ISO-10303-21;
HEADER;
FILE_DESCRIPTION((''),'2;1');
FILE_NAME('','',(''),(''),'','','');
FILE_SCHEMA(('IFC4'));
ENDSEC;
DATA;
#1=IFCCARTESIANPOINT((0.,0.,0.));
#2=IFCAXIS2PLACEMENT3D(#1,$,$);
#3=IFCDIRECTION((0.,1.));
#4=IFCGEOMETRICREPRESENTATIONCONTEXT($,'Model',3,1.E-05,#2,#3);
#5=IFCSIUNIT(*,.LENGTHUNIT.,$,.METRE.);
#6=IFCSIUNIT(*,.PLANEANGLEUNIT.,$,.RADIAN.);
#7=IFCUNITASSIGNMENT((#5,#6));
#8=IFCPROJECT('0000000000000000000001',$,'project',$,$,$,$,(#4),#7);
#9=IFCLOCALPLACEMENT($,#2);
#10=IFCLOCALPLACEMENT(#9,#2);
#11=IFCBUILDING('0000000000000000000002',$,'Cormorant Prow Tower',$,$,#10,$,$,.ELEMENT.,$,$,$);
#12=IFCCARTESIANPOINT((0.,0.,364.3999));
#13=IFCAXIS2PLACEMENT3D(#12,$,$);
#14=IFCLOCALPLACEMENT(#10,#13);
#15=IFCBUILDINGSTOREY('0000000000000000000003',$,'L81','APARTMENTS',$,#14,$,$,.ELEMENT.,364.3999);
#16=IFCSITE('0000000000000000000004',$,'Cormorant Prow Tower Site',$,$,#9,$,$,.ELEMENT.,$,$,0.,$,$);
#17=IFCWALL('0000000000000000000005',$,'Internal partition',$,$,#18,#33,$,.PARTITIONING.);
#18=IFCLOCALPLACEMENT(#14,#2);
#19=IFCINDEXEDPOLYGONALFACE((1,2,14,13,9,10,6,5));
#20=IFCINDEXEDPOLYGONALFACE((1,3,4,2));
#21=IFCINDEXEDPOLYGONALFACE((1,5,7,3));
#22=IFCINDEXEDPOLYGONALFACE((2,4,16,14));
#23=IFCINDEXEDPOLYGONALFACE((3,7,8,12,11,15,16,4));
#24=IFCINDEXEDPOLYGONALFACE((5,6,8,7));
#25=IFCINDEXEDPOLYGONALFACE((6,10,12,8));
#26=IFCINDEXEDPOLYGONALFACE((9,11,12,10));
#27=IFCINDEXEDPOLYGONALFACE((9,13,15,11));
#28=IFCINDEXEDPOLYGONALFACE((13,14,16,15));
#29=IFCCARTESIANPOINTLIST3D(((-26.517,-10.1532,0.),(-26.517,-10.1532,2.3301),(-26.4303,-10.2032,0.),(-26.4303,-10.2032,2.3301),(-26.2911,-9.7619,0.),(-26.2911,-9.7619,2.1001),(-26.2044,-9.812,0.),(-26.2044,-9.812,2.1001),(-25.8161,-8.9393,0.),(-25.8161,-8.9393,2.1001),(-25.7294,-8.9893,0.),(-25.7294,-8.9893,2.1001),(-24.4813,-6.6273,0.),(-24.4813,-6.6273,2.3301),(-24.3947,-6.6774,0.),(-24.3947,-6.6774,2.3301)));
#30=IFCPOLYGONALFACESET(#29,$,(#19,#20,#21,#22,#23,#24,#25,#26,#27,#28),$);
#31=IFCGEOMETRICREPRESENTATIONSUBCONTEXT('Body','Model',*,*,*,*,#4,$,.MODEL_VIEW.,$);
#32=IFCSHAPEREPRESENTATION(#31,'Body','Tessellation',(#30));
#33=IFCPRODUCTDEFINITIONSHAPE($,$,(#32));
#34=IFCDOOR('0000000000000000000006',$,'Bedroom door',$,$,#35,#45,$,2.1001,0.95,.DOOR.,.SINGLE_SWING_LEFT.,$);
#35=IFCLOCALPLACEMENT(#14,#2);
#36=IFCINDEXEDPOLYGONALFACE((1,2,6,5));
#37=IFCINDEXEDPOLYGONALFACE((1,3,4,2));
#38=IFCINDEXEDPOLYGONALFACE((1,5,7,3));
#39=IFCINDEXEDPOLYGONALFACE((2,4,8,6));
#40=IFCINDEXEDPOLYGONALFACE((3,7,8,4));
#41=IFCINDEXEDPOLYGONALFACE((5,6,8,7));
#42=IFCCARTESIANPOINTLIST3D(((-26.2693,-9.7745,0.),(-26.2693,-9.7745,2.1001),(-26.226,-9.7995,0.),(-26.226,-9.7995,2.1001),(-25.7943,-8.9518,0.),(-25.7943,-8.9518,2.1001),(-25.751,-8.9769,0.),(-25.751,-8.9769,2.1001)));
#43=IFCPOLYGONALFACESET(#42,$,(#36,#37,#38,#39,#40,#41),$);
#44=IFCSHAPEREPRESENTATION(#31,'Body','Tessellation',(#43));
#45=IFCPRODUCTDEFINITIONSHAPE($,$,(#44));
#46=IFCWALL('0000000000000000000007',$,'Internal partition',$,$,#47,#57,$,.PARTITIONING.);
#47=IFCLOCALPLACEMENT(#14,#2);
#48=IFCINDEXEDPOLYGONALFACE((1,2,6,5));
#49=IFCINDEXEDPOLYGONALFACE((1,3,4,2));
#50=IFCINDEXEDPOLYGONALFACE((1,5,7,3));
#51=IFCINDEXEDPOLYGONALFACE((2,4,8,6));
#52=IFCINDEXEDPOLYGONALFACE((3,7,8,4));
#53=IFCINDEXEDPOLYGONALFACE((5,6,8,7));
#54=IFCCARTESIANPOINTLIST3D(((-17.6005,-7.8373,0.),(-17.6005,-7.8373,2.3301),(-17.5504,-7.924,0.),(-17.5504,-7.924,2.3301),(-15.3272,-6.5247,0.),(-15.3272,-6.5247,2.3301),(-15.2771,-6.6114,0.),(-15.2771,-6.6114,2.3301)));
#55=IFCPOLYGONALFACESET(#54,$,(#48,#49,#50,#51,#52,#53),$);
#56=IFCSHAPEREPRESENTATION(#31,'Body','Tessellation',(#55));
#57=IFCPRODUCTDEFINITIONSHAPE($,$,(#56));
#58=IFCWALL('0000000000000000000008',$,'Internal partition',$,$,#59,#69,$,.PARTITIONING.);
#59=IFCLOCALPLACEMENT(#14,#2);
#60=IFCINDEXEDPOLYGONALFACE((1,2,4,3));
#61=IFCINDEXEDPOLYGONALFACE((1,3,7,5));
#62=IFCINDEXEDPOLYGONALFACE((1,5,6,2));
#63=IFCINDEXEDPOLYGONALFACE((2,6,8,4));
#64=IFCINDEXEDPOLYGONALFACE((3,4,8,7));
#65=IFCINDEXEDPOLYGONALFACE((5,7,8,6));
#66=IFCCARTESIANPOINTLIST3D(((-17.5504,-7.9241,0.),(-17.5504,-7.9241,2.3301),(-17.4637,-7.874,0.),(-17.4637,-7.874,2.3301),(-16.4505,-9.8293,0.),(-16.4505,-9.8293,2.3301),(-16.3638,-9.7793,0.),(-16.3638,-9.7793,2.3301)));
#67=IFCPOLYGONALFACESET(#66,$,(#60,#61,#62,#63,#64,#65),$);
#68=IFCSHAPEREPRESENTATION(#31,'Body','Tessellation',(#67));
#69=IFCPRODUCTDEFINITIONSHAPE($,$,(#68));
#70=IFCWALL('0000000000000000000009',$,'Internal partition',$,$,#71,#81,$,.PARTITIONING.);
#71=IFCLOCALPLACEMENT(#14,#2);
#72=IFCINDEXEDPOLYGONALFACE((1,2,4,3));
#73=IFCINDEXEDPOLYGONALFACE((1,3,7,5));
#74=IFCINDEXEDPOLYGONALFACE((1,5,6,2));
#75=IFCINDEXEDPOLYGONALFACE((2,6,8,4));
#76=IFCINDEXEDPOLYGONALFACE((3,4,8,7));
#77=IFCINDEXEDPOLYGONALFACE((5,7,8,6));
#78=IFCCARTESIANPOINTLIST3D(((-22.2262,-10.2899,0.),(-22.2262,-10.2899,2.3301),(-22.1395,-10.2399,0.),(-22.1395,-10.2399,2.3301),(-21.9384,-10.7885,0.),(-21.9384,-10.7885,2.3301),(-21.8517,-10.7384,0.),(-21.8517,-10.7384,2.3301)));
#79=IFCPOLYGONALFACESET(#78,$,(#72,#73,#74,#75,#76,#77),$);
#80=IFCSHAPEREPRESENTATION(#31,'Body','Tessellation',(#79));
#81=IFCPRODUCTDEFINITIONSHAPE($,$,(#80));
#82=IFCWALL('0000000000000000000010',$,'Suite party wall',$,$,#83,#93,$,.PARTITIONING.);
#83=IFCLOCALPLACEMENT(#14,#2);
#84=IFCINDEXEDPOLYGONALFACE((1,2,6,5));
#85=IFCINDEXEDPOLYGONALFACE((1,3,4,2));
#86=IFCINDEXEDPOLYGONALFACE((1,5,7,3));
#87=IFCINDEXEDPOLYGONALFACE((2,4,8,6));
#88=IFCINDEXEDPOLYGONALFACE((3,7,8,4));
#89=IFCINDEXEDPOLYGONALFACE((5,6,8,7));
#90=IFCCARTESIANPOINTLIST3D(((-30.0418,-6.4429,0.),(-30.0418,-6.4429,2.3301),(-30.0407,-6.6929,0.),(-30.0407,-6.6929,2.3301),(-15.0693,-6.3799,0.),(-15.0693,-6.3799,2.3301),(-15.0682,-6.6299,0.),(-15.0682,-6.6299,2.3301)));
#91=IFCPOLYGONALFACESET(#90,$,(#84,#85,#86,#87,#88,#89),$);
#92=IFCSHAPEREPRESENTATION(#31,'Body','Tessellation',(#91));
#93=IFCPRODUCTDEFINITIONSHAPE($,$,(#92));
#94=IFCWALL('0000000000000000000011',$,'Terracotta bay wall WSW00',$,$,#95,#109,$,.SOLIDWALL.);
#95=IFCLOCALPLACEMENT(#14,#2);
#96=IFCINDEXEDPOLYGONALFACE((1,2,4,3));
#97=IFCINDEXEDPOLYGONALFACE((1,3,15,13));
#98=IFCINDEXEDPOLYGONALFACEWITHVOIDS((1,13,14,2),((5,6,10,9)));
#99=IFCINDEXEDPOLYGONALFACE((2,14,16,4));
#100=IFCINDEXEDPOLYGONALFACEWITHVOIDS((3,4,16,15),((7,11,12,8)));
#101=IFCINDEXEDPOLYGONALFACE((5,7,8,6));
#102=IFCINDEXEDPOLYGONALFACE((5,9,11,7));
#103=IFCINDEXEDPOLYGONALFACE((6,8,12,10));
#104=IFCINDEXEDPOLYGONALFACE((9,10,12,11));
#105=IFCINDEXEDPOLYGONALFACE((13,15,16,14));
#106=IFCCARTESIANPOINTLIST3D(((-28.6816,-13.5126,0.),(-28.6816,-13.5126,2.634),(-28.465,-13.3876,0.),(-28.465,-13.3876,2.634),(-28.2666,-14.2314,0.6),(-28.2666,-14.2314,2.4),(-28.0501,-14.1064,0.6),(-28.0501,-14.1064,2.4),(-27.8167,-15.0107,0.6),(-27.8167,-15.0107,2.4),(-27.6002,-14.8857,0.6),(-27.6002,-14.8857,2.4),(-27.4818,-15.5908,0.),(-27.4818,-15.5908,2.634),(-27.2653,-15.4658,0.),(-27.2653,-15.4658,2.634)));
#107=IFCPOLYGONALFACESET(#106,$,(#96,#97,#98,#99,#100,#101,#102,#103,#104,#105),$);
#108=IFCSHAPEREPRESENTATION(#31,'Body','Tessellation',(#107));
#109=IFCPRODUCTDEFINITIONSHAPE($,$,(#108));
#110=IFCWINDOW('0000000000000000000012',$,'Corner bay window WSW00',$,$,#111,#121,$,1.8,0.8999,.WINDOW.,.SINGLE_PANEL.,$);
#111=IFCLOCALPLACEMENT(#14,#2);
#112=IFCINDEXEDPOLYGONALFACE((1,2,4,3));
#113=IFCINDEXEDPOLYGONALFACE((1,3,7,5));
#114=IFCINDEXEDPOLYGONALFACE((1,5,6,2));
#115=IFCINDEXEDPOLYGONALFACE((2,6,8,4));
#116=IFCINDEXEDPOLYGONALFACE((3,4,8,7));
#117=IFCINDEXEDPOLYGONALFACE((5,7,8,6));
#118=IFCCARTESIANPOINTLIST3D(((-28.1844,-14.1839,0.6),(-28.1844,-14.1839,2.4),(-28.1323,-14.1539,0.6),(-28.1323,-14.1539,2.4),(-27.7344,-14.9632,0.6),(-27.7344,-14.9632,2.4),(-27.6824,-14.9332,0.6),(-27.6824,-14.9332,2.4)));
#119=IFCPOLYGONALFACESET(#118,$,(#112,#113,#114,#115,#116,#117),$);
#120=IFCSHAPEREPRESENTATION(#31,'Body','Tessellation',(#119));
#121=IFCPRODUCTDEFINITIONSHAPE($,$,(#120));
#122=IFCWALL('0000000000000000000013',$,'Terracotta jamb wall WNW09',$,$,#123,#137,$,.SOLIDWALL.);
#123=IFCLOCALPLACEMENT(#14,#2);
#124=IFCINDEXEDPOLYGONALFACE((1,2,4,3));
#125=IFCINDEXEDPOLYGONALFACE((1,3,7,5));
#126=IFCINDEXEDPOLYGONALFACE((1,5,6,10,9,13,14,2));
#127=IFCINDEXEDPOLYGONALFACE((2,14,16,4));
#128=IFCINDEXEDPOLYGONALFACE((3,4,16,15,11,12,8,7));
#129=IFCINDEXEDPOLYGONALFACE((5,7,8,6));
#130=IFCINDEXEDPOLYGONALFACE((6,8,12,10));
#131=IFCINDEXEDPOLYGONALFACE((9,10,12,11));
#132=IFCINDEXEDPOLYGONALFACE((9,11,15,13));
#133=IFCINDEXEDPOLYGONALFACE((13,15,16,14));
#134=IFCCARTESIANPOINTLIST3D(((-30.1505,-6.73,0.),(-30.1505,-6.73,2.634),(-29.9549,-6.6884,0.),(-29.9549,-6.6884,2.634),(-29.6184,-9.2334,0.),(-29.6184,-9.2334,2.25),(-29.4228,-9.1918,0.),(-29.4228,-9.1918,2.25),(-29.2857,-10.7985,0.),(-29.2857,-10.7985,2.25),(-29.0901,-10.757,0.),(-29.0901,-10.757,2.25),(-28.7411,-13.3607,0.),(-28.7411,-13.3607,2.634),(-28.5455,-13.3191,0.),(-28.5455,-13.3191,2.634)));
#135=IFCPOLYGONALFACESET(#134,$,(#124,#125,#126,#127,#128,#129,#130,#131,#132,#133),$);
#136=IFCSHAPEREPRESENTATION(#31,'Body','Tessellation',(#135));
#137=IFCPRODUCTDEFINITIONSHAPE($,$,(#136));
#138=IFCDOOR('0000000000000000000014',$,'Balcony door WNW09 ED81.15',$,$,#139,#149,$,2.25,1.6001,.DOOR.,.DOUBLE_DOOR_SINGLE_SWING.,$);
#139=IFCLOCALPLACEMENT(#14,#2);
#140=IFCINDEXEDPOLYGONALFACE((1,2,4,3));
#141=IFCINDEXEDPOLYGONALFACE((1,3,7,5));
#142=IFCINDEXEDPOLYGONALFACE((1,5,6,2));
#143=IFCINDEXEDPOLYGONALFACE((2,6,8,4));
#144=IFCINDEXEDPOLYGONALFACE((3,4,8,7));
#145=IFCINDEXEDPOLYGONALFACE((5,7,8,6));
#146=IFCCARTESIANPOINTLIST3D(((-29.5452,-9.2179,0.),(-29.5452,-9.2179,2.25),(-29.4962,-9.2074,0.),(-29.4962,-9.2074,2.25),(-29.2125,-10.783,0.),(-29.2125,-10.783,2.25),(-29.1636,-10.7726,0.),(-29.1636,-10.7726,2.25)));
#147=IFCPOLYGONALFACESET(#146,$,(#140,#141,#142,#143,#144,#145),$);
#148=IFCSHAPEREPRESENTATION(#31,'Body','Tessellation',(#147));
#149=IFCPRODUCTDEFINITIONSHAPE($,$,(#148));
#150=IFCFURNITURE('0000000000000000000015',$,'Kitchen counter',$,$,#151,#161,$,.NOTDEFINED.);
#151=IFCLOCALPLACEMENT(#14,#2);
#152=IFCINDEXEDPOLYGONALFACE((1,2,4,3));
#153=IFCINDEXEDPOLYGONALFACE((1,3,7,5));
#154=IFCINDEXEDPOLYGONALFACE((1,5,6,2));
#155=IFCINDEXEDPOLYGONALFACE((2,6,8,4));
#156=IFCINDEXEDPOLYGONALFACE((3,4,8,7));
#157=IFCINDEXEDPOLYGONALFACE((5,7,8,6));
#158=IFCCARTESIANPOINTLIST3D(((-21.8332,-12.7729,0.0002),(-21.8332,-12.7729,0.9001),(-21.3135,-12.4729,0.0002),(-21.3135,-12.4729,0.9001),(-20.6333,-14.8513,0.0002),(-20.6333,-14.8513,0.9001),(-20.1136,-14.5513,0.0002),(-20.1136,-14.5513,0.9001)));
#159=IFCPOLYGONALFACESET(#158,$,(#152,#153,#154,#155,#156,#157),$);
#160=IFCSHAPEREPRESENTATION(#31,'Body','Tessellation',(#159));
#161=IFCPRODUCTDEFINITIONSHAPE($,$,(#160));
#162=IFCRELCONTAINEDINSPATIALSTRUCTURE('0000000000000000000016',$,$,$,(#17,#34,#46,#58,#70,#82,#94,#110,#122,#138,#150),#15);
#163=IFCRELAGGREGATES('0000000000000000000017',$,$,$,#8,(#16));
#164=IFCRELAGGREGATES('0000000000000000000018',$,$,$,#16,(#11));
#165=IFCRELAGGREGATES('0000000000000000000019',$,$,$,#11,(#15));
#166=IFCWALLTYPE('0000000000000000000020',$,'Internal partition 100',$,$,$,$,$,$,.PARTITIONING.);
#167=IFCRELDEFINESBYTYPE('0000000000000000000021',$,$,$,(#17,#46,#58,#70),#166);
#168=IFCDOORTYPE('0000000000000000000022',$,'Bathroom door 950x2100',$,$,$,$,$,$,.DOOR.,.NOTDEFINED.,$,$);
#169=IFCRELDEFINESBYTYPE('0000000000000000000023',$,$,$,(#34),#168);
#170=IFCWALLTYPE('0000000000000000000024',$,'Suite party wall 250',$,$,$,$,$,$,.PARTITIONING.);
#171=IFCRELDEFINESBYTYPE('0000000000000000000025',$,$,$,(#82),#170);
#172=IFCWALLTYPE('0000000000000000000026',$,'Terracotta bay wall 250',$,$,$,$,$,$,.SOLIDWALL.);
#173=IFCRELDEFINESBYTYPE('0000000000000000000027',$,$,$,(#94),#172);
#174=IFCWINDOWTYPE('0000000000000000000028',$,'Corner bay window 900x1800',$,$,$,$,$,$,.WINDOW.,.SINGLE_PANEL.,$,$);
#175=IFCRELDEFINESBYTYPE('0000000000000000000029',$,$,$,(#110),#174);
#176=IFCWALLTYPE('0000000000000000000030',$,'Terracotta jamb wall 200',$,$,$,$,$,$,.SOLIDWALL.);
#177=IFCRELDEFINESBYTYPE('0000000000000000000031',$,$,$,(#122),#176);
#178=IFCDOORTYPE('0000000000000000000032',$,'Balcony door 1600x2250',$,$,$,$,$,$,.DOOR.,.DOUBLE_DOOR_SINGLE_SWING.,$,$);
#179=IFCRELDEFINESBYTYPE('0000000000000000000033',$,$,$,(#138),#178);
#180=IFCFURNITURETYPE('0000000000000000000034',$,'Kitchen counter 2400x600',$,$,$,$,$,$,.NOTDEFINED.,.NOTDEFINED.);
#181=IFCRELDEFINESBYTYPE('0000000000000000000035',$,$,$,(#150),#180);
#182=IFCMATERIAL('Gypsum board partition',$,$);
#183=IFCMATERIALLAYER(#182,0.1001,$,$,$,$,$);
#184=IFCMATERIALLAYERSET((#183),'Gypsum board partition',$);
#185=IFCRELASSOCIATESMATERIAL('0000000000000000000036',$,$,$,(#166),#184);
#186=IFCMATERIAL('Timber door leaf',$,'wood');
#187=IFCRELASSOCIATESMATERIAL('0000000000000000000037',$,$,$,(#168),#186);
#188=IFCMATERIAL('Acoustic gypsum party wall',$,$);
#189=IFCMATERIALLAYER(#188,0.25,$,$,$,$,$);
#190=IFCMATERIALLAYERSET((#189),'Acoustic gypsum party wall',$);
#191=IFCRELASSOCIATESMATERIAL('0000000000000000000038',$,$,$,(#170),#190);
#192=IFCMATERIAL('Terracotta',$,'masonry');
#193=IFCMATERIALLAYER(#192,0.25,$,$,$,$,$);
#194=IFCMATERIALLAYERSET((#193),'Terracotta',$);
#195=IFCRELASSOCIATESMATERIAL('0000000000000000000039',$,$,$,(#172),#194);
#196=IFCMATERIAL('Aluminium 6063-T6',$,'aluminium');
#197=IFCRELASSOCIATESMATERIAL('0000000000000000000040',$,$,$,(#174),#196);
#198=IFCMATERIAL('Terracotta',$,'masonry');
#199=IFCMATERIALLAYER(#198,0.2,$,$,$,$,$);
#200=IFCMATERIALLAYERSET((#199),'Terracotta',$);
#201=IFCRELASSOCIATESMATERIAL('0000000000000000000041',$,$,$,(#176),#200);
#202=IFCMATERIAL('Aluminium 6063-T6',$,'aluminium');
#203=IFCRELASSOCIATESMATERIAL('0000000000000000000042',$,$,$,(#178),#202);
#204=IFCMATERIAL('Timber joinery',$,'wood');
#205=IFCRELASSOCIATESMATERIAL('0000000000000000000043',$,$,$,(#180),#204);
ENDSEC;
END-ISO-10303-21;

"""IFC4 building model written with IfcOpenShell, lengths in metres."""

from ifc_helpers import new_model, si_unit, direction, frame, frame_2d, origin, origin_2d, place, context, subcontext, project, spatial, rectangle, extrude, material, layer, layer_set, type_object, element, fill, save


model = new_model("IFC4")

# Units and contexts
model_context = context("Model", 3, precision=1e-05, world=origin(), true_north=direction((0.0, 1.0)))
body_context = subcontext(model_context, "Body", "Model", "MODEL_VIEW")
ifc_project = project(units=[si_unit("LENGTHUNIT", "METRE"), si_unit("PLANEANGLEUNIT", "RADIAN")], contexts=[model_context])

# Site, building, storey
site_placement = place(None, origin())
site = spatial("IfcSite", under=ifc_project, at=site_placement, Name="Cormorant Prow Tower Site", CompositionType="ELEMENT", RefElevation=0.0)
building_placement = place(site_placement, origin())
building = spatial("IfcBuilding", under=site, at=building_placement, Name="Cormorant Prow Tower", CompositionType="ELEMENT")
storey_placement = place(building_placement, frame((0.0, 0.0, 364.3999)))
storey = spatial("IfcBuildingStorey", under=building, at=storey_placement, Name="L81", Description="APARTMENTS", CompositionType="ELEMENT", Elevation=364.3999)

# Shared definitions
ifc_material_1 = material(Name="Gypsum board partition")
ifc_layer_1 = layer(ifc_material_1, 0.1001)
ifc_layer_set_1 = layer_set([ifc_layer_1], Name="Gypsum board partition")
wall_type_1 = type_object("IfcWallType", Name="Internal partition 100", PredefinedType="PARTITIONING", material=ifc_layer_set_1)
ifc_material_2 = material(Name="Timber door leaf", Category="wood")
door_type_1 = type_object("IfcDoorType", Name="Bathroom door 950x2100", OperationType="NOTDEFINED", PredefinedType="DOOR", material=ifc_material_2)

# Wall, opening, door
wall_1_placement = place(storey_placement, frame((-26.4736, -10.1782, 0.0), z_axis=(0.0, 0.0, 1.0), x_axis=(0.499996, 0.866028, 0.0)))
wall_1 = element("IfcWall", 1, at=wall_1_placement, inside=storey, type_object=wall_type_1, Name="Internal partition", PredefinedType="PARTITIONING", context=body_context, shape_type="SweptSolid", body=[
    extrude(rectangle(XDim=4.0713, YDim=0.1001, at=frame_2d((2.0356, 0.0))), origin(), (0.0, 0.0, 1.0), 2.3301),
])
opening_1_placement = place(wall_1_placement, frame((0.4517, 0.0, 0.0)))
opening_1 = element("IfcOpeningElement", 2, at=opening_1_placement, cuts=wall_1, PredefinedType="OPENING", context=body_context, shape_type="SweptSolid", body=[
    extrude(rectangle(XDim=0.95, YDim=2.1001, at=frame_2d((0.4751, 1.05))), frame((0.0, 0.0601, 0.0), z_axis=(0.0, -1.0, 0.0), x_axis=(1.0, 0.0, 0.0)), (0.0, 0.0, 1.0), 0.1201),
])
door_1_placement = place(opening_1_placement, origin())
door_1 = element("IfcDoor", 3, at=door_1_placement, inside=storey, type_object=door_type_1, Name="Bedroom door", OperationType="SINGLE_SWING_LEFT", OverallHeight=2.1001, OverallWidth=0.95, PredefinedType="DOOR", context=body_context, shape_type="SweptSolid", body=[
    extrude(rectangle(XDim=0.95, YDim=2.1001, at=frame_2d((0.4751, 1.05))), frame((0.0, 0.0249, 0.0), z_axis=(0.0, -1.0, 0.0), x_axis=(1.0, 0.0, 0.0)), (0.0, 0.0, 1.0), 0.05),
])
fill(opening_1, door_1)

# Walls
wall_2_placement = place(storey_placement, frame((-17.5754, -7.8806, 0.0), z_axis=(0.0, 0.0, 1.0), x_axis=(0.866014, 0.50002, 0.0)))
element("IfcWall", 4, at=wall_2_placement, inside=storey, type_object=wall_type_1, Name="Internal partition", PredefinedType="PARTITIONING", context=body_context, shape_type="SweptSolid", body=[
    extrude(rectangle(XDim=2.625, YDim=0.1001, at=frame_2d((1.3125, 0.0))), origin(), (0.0, 0.0, 1.0), 2.3301),
])
wall_3_placement = place(storey_placement, frame((-17.5071, -7.8989, 0.0), z_axis=(0.0, 0.0, 1.0), x_axis=(0.499947, -0.866056, 0.0)))
element("IfcWall", 5, at=wall_3_placement, inside=storey, type_object=wall_type_1, Name="Internal partition", PredefinedType="PARTITIONING", context=body_context, shape_type="SweptSolid", body=[
    extrude(rectangle(XDim=2.2, YDim=0.1001, at=frame_2d((1.1001, 0.0))), origin(), (0.0, 0.0, 1.0), 2.3301),
])
wall_4_placement = place(storey_placement, frame((-22.1829, -10.2649, 0.0), z_axis=(0.0, 0.0, 1.0), x_axis=(0.500016, -0.866016, 0.0)))
element("IfcWall", 6, at=wall_4_placement, inside=storey, type_object=wall_type_1, Name="Internal partition", PredefinedType="PARTITIONING", context=body_context, shape_type="SweptSolid", body=[
    extrude(rectangle(XDim=0.5757, YDim=0.1001, at=frame_2d((0.2878, 0.0))), origin(), (0.0, 0.0, 1.0), 2.3301),
])
ifc_material_3 = material(Name="Acoustic gypsum party wall")
ifc_layer_2 = layer(ifc_material_3, 0.25)
ifc_layer_set_2 = layer_set([ifc_layer_2], Name="Acoustic gypsum party wall")
wall_type_2 = type_object("IfcWallType", Name="Suite party wall 250", PredefinedType="PARTITIONING", material=ifc_layer_set_2)
wall_5_placement = place(storey_placement, frame((-30.0413, -6.5679, 0.0), z_axis=(0.0, 0.0, 1.0), x_axis=(0.999991, 0.004207, 0.0)))
element("IfcWall", 7, at=wall_5_placement, inside=storey, type_object=wall_type_2, Name="Suite party wall", PredefinedType="PARTITIONING", context=body_context, shape_type="SweptSolid", body=[
    extrude(rectangle(XDim=14.9727, YDim=0.25, at=frame_2d((7.4863, 0.0))), origin(), (0.0, 0.0, 1.0), 2.3301),
])

# Wall, opening, window
ifc_material_4 = material(Name="Terracotta", Category="masonry")
ifc_layer_3 = layer(ifc_material_4, 0.25)
ifc_layer_set_3 = layer_set([ifc_layer_3], Name="Terracotta")
wall_type_3 = type_object("IfcWallType", Name="Terracotta bay wall 250", PredefinedType="SOLIDWALL", material=ifc_layer_set_3)
wall_6_placement = place(storey_placement, frame((-28.5732, -13.4502, 0.0), z_axis=(0.0, 0.0, 1.0), x_axis=(0.499969, -0.866043, 0.0)))
wall_6 = element("IfcWall", 8, at=wall_6_placement, inside=storey, type_object=wall_type_3, Name="Terracotta bay wall WSW00", PredefinedType="SOLIDWALL", context=body_context, shape_type="SweptSolid", body=[
    extrude(rectangle(XDim=2.3997, YDim=0.25, at=frame_2d((1.1997, 0.0))), origin(), (0.0, 0.0, 1.0), 2.634),
])
opening_2_placement = place(wall_6_placement, frame((0.8298, 0.0, 0.6001)))
opening_2 = element("IfcOpeningElement", 9, at=opening_2_placement, cuts=wall_6, PredefinedType="OPENING", context=body_context, shape_type="SweptSolid", body=[
    extrude(rectangle(XDim=0.8999, YDim=1.8, at=frame_2d((0.45, 0.8999))), frame((0.0, 0.135, 0.0), z_axis=(0.0, -1.0, 0.0), x_axis=(1.0, 0.0, 0.0)), (0.0, 0.0, 1.0), 0.27),
])
ifc_material_5 = material(Name="Aluminium 6063-T6", Category="aluminium")
window_type = type_object("IfcWindowType", Name="Corner bay window 900x1800", PartitioningType="SINGLE_PANEL", PredefinedType="WINDOW", material=ifc_material_5)
window_placement = place(opening_2_placement, origin())
window = element("IfcWindow", 10, at=window_placement, inside=storey, type_object=window_type, Name="Corner bay window WSW00", OverallHeight=1.8, OverallWidth=0.8999, PartitioningType="SINGLE_PANEL", PredefinedType="WINDOW", context=body_context, shape_type="SweptSolid", body=[
    extrude(rectangle(XDim=0.8999, YDim=1.8, at=frame_2d((0.45, 0.8999))), frame((0.0, 0.03, 0.0), z_axis=(0.0, -1.0, 0.0), x_axis=(1.0, 0.0, 0.0)), (0.0, 0.0, 1.0), 0.0601),
])
fill(opening_2, window)

# Wall, opening, door
ifc_material_6 = material(Name="Terracotta", Category="masonry")
ifc_layer_4 = layer(ifc_material_6, 0.2)
ifc_layer_set_4 = layer_set([ifc_layer_4], Name="Terracotta")
wall_type_4 = type_object("IfcWallType", Name="Terracotta jamb wall 200", PredefinedType="SOLIDWALL", material=ifc_layer_set_4)
wall_7_placement = place(storey_placement, frame((-30.0527, -6.7092, 0.0), z_axis=(0.0, 0.0, 1.0), x_axis=(0.207918, -0.978146, 0.0)))
wall_7 = element("IfcWall", 11, at=wall_7_placement, inside=storey, type_object=wall_type_4, Name="Terracotta jamb wall WNW09", PredefinedType="SOLIDWALL", context=body_context, shape_type="SweptSolid", body=[
    extrude(rectangle(XDim=6.7788, YDim=0.2, at=frame_2d((3.3894, 0.0))), origin(), (0.0, 0.0, 1.0), 2.634),
])
opening_3_placement = place(wall_7_placement, frame((2.5593, 0.0, 0.0)))
opening_3 = element("IfcOpeningElement", 12, at=opening_3_placement, cuts=wall_7, PredefinedType="OPENING", context=body_context, shape_type="SweptSolid", body=[
    extrude(rectangle(XDim=1.6001, YDim=2.25, at=frame_2d((0.8, 1.125))), frame((0.0, 0.1099, 0.0), z_axis=(0.0, -1.0, 0.0), x_axis=(1.0, 0.0, 0.0)), (0.0, 0.0, 1.0), 0.22),
])
ifc_material_7 = material(Name="Aluminium 6063-T6", Category="aluminium")
door_type_2 = type_object("IfcDoorType", Name="Balcony door 1600x2250", OperationType="DOUBLE_DOOR_SINGLE_SWING", PredefinedType="DOOR", material=ifc_material_7)
door_2_placement = place(opening_3_placement, origin())
door_2 = element("IfcDoor", 13, at=door_2_placement, inside=storey, type_object=door_type_2, Name="Balcony door WNW09 ED81.15", OperationType="DOUBLE_DOOR_SINGLE_SWING", OverallHeight=2.25, OverallWidth=1.6001, PredefinedType="DOOR", context=body_context, shape_type="SweptSolid", body=[
    extrude(rectangle(XDim=1.6001, YDim=2.25, at=frame_2d((0.8, 1.125))), frame((0.0, 0.0249, 0.0), z_axis=(0.0, -1.0, 0.0), x_axis=(1.0, 0.0, 0.0)), (0.0, 0.0, 1.0), 0.05),
])
fill(opening_3, door_2)

# Furniture
ifc_material_8 = material(Name="Timber joinery", Category="wood")
furniture_type = type_object("IfcFurnitureType", Name="Kitchen counter 2400x600", AssemblyPlace="NOTDEFINED", PredefinedType="NOTDEFINED", material=ifc_material_8)
furniture_placement = place(storey_placement, frame((-20.9734, -13.6621, 0.0002), z_axis=(0.0, 0.0, 1.0), x_axis=(0.5, -0.866025, 0.0)))
element("IfcFurniture", 14, at=furniture_placement, inside=storey, type_object=furniture_type, Name="Kitchen counter", PredefinedType="NOTDEFINED", context=body_context, shape_type="SweptSolid", body=[
    extrude(rectangle(XDim=2.3999, YDim=0.6001, at=origin_2d()), origin(), (0.0, 0.0, 1.0), 0.8999),
])

save(model, "model.ifc")
